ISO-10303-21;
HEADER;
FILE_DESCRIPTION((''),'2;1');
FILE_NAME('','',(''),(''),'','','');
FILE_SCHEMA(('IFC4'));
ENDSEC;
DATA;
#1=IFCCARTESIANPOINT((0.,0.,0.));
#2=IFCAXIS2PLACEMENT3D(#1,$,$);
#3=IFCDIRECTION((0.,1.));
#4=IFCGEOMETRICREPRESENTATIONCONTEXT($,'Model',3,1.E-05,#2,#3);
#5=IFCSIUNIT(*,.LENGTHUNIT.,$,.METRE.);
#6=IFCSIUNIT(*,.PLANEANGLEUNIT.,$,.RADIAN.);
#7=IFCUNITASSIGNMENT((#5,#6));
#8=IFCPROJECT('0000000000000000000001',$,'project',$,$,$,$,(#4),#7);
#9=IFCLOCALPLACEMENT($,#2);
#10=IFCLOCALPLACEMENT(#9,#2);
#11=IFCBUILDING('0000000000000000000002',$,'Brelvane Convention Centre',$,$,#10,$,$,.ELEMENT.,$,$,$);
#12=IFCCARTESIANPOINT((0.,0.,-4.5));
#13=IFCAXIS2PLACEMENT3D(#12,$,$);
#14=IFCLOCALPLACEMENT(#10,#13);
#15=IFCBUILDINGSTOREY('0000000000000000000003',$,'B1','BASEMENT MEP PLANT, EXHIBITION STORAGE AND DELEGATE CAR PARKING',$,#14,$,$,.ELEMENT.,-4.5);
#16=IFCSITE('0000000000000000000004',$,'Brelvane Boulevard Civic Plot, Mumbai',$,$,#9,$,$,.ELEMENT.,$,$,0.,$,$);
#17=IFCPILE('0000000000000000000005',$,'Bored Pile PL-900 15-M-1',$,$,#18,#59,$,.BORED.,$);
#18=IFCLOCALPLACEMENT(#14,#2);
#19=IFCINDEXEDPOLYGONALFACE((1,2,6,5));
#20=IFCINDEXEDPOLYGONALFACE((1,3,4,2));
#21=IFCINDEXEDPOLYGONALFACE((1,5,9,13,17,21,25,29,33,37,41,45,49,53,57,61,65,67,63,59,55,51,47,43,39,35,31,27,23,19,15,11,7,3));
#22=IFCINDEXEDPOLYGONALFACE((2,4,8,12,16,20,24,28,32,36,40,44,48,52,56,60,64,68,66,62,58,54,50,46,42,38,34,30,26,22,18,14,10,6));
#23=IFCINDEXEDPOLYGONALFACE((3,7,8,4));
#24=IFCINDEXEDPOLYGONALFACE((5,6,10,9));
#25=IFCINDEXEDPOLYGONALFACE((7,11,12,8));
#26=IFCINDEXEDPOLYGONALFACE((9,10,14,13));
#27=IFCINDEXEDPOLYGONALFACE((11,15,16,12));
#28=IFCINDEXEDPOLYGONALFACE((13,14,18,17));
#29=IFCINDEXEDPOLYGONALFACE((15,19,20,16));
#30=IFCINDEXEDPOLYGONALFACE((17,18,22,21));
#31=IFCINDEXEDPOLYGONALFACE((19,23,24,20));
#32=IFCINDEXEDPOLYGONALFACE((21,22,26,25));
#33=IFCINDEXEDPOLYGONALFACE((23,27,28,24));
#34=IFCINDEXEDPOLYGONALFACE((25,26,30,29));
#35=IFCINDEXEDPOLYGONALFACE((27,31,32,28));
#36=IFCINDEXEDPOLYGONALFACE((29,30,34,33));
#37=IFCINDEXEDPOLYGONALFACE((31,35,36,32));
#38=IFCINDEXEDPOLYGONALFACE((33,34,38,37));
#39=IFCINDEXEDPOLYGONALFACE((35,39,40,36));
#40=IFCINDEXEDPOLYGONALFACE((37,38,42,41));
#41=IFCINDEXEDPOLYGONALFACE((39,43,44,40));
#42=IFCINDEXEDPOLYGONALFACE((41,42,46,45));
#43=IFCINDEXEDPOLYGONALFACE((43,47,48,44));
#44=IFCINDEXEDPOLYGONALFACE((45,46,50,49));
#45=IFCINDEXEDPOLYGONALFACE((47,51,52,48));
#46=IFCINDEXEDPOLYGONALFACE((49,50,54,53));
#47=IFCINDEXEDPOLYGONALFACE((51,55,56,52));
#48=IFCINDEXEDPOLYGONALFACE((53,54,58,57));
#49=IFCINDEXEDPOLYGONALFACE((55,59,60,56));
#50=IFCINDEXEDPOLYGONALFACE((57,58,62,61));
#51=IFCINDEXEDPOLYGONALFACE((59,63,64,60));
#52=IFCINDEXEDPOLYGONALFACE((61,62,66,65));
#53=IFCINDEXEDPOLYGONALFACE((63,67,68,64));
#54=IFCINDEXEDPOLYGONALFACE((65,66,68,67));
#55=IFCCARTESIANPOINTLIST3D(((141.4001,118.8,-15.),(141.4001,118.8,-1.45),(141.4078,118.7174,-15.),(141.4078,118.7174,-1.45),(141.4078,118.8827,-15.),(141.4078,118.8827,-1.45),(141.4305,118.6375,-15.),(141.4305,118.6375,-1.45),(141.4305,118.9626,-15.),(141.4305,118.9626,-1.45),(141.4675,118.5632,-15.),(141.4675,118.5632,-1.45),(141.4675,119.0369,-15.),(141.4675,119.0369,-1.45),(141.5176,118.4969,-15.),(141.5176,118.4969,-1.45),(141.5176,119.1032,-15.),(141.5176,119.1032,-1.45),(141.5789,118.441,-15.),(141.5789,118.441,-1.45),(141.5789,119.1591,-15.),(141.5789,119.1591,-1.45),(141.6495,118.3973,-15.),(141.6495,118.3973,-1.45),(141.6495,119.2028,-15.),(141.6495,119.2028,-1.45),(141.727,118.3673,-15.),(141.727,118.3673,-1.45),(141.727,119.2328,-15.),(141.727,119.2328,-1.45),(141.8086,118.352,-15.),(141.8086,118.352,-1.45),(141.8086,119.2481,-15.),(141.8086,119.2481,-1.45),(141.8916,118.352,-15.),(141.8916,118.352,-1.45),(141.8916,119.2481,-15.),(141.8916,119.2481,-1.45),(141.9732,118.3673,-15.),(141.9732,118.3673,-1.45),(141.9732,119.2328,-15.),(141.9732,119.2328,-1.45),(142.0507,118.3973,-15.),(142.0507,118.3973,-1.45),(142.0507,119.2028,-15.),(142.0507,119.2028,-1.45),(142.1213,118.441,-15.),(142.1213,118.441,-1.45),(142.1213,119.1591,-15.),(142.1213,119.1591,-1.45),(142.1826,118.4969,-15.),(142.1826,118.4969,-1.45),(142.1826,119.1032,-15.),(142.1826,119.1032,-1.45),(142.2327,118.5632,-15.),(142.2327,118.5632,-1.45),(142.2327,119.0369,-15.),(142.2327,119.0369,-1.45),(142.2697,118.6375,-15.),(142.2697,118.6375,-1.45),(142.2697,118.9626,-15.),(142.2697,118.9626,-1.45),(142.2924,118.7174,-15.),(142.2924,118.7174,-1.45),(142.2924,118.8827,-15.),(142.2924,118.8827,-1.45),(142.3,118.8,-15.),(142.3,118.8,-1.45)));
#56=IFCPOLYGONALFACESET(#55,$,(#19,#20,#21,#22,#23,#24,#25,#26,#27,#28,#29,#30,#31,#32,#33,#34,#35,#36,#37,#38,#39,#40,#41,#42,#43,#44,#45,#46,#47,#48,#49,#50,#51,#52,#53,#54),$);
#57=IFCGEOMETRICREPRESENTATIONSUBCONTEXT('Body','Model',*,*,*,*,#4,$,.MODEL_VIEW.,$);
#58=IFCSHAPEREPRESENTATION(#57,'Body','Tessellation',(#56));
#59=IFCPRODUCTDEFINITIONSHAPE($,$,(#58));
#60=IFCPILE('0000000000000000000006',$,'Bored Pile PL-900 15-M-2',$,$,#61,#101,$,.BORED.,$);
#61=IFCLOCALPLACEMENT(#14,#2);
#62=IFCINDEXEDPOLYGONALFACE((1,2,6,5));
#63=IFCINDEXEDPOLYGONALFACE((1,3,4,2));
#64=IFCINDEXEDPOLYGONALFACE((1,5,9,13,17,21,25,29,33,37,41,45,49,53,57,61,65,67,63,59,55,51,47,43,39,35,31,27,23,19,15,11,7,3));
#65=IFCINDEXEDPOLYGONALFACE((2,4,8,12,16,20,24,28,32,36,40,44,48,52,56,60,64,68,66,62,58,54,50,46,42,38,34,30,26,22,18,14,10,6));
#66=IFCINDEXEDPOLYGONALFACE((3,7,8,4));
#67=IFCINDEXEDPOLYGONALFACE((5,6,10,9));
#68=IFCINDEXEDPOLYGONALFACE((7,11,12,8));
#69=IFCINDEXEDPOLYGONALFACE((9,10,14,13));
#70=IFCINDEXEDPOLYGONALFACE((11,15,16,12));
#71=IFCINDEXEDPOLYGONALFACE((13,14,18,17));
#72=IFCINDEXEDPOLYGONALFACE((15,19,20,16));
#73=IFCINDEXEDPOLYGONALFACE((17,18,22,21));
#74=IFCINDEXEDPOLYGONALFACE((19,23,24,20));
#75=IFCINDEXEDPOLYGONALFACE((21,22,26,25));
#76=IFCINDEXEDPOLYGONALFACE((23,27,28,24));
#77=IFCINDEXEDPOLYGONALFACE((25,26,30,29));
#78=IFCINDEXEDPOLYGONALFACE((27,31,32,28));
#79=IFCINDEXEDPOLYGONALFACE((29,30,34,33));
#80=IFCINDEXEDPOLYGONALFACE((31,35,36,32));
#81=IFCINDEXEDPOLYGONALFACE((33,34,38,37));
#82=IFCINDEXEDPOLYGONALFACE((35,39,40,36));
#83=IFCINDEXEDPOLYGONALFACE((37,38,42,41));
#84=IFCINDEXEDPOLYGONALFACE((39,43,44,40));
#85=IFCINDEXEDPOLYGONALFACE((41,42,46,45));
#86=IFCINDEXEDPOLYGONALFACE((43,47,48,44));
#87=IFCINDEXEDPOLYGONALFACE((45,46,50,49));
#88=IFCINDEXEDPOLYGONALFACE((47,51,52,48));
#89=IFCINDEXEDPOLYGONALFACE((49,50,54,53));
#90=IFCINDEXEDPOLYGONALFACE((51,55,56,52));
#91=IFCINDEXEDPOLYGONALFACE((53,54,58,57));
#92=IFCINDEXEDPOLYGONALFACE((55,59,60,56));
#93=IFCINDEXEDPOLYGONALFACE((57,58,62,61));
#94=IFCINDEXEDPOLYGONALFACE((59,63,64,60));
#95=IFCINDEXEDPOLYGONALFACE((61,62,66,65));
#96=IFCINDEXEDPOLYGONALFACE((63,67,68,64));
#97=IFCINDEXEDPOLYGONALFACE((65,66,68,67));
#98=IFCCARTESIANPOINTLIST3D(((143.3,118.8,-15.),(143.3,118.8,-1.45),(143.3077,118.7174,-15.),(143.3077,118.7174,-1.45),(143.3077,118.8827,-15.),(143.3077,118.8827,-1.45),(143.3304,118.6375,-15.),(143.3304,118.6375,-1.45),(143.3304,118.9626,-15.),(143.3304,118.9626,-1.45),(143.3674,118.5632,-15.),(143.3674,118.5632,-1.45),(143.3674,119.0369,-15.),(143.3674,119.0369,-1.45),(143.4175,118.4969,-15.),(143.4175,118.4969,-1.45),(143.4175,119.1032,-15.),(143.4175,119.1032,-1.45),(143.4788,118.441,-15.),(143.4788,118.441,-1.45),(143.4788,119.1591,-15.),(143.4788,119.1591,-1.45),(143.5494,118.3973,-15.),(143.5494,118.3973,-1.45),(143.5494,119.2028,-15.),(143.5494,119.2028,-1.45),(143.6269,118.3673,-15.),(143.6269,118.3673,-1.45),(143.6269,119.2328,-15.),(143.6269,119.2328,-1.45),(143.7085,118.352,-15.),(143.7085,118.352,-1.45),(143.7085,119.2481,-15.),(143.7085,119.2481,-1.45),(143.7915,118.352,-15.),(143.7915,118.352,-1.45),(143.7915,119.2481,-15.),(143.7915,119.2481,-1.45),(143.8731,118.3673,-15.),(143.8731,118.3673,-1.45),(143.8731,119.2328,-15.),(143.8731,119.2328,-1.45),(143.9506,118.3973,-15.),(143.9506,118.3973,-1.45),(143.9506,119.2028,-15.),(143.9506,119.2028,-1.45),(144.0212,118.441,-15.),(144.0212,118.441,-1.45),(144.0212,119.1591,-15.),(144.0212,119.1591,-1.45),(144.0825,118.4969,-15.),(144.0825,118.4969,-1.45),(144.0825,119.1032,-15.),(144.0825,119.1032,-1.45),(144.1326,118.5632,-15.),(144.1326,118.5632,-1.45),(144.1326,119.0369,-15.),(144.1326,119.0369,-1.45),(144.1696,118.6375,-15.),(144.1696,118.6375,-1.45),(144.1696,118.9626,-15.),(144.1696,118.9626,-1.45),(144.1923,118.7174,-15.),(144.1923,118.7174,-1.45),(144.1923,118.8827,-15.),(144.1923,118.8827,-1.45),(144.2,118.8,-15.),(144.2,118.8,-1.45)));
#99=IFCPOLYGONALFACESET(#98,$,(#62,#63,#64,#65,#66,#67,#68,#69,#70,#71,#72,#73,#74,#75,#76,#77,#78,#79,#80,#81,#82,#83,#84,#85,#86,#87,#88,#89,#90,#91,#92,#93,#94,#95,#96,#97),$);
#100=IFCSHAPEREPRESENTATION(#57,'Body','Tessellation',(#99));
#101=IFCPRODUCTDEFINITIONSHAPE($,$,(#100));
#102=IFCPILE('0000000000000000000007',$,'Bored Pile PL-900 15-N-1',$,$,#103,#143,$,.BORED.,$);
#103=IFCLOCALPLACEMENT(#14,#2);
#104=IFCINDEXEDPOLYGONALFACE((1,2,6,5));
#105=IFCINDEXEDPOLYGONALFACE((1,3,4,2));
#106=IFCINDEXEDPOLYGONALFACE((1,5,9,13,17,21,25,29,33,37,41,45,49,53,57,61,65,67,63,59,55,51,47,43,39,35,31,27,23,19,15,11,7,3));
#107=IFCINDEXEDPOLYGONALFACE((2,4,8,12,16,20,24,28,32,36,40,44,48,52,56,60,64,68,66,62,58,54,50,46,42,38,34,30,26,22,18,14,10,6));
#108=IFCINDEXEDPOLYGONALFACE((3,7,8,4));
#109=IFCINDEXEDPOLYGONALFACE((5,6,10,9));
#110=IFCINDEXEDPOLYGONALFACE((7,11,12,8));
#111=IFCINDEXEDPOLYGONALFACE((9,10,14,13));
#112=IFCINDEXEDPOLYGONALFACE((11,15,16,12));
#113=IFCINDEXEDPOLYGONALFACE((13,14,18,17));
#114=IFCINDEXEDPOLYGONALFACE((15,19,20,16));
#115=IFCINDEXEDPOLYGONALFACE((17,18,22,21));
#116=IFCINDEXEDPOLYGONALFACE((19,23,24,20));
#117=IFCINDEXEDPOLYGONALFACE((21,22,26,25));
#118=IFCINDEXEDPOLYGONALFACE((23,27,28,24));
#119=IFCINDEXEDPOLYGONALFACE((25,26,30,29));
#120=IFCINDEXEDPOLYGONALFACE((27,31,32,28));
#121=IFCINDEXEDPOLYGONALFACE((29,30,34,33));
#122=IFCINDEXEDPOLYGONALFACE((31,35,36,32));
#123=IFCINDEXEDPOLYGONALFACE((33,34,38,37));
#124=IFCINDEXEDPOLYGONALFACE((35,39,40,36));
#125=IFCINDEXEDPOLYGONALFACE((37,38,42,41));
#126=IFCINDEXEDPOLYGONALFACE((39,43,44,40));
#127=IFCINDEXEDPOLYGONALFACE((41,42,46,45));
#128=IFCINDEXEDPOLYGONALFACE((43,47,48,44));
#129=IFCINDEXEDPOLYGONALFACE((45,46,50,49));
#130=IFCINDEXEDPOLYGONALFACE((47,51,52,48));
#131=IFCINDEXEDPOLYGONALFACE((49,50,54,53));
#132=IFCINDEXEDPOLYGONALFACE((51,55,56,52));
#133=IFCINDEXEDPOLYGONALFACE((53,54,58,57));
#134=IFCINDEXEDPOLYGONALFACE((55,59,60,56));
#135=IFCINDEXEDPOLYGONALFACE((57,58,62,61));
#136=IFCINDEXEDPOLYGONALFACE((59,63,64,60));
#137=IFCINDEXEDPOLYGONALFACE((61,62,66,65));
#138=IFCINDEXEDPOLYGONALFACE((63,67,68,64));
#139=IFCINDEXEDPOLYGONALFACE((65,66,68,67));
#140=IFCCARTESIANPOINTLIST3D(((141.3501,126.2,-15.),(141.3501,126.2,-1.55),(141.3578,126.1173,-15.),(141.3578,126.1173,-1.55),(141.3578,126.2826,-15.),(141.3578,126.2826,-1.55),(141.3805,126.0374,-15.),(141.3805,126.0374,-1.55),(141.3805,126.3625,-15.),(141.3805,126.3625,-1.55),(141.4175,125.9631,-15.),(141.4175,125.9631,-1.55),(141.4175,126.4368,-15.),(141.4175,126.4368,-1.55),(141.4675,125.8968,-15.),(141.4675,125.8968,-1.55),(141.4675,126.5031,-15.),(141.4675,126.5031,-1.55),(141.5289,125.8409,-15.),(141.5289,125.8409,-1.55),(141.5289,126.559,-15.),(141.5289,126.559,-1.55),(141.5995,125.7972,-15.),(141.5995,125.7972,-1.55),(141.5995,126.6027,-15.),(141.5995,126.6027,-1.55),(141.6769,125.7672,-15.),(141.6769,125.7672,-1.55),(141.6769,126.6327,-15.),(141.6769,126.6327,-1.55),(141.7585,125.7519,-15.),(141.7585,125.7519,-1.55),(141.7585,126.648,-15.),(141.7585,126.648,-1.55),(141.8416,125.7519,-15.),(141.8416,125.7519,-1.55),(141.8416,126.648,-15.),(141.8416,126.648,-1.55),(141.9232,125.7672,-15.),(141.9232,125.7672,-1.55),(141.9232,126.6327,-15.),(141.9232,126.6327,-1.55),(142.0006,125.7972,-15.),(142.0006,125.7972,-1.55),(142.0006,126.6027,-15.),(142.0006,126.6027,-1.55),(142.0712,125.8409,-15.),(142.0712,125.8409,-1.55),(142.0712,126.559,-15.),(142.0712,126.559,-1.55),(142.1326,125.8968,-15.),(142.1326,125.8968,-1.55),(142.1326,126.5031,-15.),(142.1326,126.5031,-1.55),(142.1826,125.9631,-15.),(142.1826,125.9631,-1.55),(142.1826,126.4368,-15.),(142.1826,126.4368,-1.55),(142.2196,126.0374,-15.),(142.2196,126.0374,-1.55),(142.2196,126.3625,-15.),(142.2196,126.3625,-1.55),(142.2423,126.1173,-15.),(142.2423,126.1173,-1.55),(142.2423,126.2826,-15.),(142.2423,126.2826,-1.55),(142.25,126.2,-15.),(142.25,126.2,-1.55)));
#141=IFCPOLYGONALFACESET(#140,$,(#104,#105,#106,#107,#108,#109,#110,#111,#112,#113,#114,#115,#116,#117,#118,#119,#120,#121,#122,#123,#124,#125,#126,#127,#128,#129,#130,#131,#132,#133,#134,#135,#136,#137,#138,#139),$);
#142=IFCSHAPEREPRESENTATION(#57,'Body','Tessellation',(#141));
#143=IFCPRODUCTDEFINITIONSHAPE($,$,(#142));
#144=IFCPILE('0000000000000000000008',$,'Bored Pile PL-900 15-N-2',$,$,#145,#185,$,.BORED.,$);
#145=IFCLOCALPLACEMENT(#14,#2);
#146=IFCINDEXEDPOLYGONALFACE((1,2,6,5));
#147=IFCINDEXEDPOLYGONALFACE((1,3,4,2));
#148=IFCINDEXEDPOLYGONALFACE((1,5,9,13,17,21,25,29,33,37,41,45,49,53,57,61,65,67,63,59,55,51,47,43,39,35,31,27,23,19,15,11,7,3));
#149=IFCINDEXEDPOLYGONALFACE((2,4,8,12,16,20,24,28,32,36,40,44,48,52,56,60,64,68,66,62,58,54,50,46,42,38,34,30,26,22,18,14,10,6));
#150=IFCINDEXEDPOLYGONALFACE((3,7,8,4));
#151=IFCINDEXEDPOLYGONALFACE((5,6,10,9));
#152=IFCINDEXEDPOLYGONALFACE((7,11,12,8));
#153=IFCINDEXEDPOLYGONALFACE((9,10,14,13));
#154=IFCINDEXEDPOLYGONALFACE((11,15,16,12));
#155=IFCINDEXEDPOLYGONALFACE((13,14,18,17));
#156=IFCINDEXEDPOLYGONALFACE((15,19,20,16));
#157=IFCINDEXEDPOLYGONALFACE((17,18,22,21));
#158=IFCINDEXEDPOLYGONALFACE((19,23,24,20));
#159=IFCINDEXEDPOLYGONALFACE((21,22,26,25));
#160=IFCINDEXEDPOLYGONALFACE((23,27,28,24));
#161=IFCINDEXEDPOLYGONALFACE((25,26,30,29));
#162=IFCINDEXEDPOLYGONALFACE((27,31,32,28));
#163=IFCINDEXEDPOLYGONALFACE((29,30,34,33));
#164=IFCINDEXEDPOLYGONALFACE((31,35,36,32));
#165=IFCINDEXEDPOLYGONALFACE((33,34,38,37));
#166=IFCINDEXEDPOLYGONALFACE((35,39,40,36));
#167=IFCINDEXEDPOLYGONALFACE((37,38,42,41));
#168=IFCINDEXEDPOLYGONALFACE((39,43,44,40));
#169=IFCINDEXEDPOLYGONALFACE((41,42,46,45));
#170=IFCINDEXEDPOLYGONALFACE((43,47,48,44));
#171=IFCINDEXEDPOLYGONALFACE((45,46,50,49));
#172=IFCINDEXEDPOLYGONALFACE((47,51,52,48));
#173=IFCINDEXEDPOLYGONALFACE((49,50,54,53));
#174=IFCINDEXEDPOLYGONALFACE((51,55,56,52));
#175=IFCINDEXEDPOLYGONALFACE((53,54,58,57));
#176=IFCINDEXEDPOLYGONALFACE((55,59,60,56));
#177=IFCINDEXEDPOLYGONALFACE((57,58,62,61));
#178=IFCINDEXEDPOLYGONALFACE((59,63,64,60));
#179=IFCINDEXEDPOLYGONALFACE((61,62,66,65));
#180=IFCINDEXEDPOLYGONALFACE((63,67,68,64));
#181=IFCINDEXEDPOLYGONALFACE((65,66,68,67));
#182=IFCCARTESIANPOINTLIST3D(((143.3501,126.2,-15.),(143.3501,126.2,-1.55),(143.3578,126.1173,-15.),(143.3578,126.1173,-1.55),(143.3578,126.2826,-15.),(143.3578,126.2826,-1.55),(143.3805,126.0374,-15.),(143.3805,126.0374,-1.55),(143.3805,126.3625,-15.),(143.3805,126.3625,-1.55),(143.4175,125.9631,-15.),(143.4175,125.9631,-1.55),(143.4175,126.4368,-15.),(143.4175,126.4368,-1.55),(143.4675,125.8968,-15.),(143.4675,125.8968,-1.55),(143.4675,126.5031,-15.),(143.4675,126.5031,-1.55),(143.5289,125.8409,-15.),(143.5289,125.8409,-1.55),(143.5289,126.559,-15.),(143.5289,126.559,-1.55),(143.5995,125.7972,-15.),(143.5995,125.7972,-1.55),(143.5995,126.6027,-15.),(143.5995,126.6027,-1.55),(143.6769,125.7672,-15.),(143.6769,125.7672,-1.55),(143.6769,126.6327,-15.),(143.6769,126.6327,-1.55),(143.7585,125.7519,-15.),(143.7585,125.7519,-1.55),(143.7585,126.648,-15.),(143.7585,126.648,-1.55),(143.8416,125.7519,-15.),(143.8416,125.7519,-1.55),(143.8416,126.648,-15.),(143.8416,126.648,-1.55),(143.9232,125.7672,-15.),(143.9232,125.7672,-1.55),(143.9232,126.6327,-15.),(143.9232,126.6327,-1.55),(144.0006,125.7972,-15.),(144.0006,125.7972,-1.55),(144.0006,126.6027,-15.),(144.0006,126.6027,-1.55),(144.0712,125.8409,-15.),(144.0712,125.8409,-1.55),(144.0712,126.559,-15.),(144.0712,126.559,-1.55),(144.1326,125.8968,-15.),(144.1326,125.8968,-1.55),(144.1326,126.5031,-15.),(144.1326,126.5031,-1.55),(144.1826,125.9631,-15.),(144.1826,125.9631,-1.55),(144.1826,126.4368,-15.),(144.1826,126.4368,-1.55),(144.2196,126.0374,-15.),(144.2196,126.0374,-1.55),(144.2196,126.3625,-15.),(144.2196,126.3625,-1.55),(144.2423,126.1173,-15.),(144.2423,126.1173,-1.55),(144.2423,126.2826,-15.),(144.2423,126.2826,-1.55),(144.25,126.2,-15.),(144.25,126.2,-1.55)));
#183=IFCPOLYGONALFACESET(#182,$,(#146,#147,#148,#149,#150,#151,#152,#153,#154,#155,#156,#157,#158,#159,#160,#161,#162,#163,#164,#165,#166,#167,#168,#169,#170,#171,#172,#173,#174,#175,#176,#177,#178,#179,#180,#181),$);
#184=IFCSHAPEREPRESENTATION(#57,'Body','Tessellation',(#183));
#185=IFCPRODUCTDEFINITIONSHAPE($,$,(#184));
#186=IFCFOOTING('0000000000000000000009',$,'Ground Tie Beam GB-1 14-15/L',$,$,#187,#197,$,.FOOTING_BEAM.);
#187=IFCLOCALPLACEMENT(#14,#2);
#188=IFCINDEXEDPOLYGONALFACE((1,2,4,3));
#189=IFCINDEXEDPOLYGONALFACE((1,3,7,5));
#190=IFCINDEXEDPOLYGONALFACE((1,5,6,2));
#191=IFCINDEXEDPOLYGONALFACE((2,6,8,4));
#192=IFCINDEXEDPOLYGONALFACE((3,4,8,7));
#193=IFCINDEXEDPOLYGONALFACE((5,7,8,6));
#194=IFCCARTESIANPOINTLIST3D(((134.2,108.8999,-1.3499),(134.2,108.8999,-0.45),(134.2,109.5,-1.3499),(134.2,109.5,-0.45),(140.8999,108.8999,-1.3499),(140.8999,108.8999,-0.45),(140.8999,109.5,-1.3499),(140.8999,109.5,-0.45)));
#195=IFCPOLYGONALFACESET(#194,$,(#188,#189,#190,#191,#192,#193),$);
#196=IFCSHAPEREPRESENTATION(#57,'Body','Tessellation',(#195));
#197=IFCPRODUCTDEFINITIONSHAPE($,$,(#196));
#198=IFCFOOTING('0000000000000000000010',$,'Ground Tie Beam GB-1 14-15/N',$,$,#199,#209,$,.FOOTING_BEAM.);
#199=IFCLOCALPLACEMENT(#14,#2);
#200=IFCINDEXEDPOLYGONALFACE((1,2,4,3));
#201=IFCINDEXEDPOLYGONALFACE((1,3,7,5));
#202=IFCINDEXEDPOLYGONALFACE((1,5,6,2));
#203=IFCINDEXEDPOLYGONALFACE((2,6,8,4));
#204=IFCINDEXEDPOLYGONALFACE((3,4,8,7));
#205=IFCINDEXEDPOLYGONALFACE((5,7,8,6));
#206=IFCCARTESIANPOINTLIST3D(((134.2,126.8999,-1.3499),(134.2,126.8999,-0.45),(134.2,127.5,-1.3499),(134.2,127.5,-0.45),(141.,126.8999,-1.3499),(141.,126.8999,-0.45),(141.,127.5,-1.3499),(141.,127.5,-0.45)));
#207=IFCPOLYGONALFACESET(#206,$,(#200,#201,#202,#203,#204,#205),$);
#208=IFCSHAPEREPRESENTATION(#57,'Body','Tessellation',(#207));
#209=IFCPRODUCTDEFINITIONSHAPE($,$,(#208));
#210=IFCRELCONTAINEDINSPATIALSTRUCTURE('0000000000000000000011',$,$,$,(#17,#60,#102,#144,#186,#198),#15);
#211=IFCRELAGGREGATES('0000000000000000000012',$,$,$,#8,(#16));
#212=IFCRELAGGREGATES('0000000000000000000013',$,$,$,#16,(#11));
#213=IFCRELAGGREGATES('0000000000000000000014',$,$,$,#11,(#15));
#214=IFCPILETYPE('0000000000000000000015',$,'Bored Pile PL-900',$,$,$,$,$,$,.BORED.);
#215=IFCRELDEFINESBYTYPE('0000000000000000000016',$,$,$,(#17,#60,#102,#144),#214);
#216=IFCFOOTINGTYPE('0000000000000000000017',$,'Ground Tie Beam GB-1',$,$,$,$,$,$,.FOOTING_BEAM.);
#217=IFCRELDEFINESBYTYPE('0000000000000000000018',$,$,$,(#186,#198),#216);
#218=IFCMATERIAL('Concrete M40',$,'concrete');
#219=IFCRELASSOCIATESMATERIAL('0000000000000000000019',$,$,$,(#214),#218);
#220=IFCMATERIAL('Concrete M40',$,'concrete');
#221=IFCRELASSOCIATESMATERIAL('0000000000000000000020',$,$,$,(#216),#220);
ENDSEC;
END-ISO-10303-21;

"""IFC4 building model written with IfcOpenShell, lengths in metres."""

from ifc_helpers import new_model, si_unit, direction, frame, origin, origin_2d, place, context, subcontext, project, spatial, rectangle, circle, extrude, material, material_profile, profile_set, type_object, element, save


model = new_model("IFC4")

# Units and contexts
model_context = context("Model", 3, precision=1e-05, world=origin(), true_north=direction((0.0, 1.0)))
body_context = subcontext(model_context, "Body", "Model", "MODEL_VIEW")
ifc_project = project(units=[si_unit("LENGTHUNIT", "METRE"), si_unit("PLANEANGLEUNIT", "RADIAN")], contexts=[model_context])

# Site, building, storey
site_placement = place(None, origin())
site = spatial("IfcSite", under=ifc_project, at=site_placement, Name="Brelvane Boulevard Civic Plot, Mumbai", CompositionType="ELEMENT", RefElevation=0.0)
building_placement = place(site_placement, origin())
building = spatial("IfcBuilding", under=site, at=building_placement, Name="Brelvane Convention Centre", CompositionType="ELEMENT")
storey_placement = place(building_placement, frame((0.0, 0.0, -4.5)))
storey = spatial("IfcBuildingStorey", under=building, at=storey_placement, Name="B1", Description="BASEMENT MEP PLANT, EXHIBITION STORAGE AND DELEGATE CAR PARKING", CompositionType="ELEMENT", Elevation=-4.5)

# Piles
ifc_material_1 = material(Name="Concrete M40", Category="concrete")
ifc_material_profile_1 = material_profile(ifc_material_1, circle(Radius=0.45, at=origin_2d()), Name="PILE D900")
ifc_profile_set_1 = profile_set([ifc_material_profile_1], Name="Concrete M40")
pile_type = type_object("IfcPileType", Name="Bored Pile PL-900", PredefinedType="BORED", material=ifc_profile_set_1)
for number, where, z_axis, x_axis, name in (
    (1, (141.8501, 118.8, -1.45), (0.0, 0.0, -1.0), (1.0, 0.0, 0.0), "Bored Pile PL-900 15-M-1"),
    (2, (143.75, 118.8, -1.45), (0.0, 0.0, -1.0), (1.0, 0.0, 0.0), "Bored Pile PL-900 15-M-2"),
):
    element("IfcPile", number, at=place(storey_placement, frame(where, z_axis=z_axis, x_axis=x_axis)), inside=storey, type_object=pile_type, Name=name, PredefinedType="BORED", context=body_context, shape_type="SweptSolid", body=[
        extrude(circle(Radius=0.45, at=origin_2d()), origin(), (0.0, 0.0, 1.0), 13.55),
    ])
for number, where, z_axis, x_axis, name in (
    (3, (141.8, 126.2, -1.55), (0.0, 0.0, -1.0), (1.0, 0.0, 0.0), "Bored Pile PL-900 15-N-1"),
    (4, (143.8, 126.2, -1.55), (0.0, 0.0, -1.0), (1.0, 0.0, 0.0), "Bored Pile PL-900 15-N-2"),
):
    element("IfcPile", number, at=place(storey_placement, frame(where, z_axis=z_axis, x_axis=x_axis)), inside=storey, type_object=pile_type, Name=name, PredefinedType="BORED", context=body_context, shape_type="SweptSolid", body=[
        extrude(circle(Radius=0.45, at=origin_2d()), origin(), (0.0, 0.0, 1.0), 13.45),
    ])

# Footings
ifc_material_2 = material(Name="Concrete M40", Category="concrete")
ifc_material_profile_2 = material_profile(ifc_material_2, rectangle(XDim=0.6001, YDim=0.8999, at=origin_2d()), Name="RC 600x900")
ifc_profile_set_2 = profile_set([ifc_material_profile_2], Name="Concrete M40")
footing_type_1 = type_object("IfcFootingType", Name="Ground Tie Beam GB-1", PredefinedType="FOOTING_BEAM", material=ifc_profile_set_2)
footing_1_placement = place(storey_placement, frame((134.2, 109.2, -0.8999), z_axis=(1.0, 0.0, 0.0), x_axis=(0.0, 1.0, 0.0)))
element("IfcFooting", 5, at=footing_1_placement, inside=storey, type_object=footing_type_1, Name="Ground Tie Beam GB-1 14-15/L", PredefinedType="FOOTING_BEAM", context=body_context, shape_type="SweptSolid", body=[
    extrude(rectangle(XDim=0.6001, YDim=0.8999, at=origin_2d()), origin(), (0.0, 0.0, 1.0), 6.7),
])
footing_2_placement = place(storey_placement, frame((134.2, 127.2, -0.8999), z_axis=(1.0, 0.0, 0.0), x_axis=(0.0, 1.0, 0.0)))
element("IfcFooting", 6, at=footing_2_placement, inside=storey, type_object=footing_type_1, Name="Ground Tie Beam GB-1 14-15/N", PredefinedType="FOOTING_BEAM", context=body_context, shape_type="SweptSolid", body=[
    extrude(rectangle(XDim=0.6001, YDim=0.8999, at=origin_2d()), origin(), (0.0, 0.0, 1.0), 6.8),
])

save(model, "model.ifc")
